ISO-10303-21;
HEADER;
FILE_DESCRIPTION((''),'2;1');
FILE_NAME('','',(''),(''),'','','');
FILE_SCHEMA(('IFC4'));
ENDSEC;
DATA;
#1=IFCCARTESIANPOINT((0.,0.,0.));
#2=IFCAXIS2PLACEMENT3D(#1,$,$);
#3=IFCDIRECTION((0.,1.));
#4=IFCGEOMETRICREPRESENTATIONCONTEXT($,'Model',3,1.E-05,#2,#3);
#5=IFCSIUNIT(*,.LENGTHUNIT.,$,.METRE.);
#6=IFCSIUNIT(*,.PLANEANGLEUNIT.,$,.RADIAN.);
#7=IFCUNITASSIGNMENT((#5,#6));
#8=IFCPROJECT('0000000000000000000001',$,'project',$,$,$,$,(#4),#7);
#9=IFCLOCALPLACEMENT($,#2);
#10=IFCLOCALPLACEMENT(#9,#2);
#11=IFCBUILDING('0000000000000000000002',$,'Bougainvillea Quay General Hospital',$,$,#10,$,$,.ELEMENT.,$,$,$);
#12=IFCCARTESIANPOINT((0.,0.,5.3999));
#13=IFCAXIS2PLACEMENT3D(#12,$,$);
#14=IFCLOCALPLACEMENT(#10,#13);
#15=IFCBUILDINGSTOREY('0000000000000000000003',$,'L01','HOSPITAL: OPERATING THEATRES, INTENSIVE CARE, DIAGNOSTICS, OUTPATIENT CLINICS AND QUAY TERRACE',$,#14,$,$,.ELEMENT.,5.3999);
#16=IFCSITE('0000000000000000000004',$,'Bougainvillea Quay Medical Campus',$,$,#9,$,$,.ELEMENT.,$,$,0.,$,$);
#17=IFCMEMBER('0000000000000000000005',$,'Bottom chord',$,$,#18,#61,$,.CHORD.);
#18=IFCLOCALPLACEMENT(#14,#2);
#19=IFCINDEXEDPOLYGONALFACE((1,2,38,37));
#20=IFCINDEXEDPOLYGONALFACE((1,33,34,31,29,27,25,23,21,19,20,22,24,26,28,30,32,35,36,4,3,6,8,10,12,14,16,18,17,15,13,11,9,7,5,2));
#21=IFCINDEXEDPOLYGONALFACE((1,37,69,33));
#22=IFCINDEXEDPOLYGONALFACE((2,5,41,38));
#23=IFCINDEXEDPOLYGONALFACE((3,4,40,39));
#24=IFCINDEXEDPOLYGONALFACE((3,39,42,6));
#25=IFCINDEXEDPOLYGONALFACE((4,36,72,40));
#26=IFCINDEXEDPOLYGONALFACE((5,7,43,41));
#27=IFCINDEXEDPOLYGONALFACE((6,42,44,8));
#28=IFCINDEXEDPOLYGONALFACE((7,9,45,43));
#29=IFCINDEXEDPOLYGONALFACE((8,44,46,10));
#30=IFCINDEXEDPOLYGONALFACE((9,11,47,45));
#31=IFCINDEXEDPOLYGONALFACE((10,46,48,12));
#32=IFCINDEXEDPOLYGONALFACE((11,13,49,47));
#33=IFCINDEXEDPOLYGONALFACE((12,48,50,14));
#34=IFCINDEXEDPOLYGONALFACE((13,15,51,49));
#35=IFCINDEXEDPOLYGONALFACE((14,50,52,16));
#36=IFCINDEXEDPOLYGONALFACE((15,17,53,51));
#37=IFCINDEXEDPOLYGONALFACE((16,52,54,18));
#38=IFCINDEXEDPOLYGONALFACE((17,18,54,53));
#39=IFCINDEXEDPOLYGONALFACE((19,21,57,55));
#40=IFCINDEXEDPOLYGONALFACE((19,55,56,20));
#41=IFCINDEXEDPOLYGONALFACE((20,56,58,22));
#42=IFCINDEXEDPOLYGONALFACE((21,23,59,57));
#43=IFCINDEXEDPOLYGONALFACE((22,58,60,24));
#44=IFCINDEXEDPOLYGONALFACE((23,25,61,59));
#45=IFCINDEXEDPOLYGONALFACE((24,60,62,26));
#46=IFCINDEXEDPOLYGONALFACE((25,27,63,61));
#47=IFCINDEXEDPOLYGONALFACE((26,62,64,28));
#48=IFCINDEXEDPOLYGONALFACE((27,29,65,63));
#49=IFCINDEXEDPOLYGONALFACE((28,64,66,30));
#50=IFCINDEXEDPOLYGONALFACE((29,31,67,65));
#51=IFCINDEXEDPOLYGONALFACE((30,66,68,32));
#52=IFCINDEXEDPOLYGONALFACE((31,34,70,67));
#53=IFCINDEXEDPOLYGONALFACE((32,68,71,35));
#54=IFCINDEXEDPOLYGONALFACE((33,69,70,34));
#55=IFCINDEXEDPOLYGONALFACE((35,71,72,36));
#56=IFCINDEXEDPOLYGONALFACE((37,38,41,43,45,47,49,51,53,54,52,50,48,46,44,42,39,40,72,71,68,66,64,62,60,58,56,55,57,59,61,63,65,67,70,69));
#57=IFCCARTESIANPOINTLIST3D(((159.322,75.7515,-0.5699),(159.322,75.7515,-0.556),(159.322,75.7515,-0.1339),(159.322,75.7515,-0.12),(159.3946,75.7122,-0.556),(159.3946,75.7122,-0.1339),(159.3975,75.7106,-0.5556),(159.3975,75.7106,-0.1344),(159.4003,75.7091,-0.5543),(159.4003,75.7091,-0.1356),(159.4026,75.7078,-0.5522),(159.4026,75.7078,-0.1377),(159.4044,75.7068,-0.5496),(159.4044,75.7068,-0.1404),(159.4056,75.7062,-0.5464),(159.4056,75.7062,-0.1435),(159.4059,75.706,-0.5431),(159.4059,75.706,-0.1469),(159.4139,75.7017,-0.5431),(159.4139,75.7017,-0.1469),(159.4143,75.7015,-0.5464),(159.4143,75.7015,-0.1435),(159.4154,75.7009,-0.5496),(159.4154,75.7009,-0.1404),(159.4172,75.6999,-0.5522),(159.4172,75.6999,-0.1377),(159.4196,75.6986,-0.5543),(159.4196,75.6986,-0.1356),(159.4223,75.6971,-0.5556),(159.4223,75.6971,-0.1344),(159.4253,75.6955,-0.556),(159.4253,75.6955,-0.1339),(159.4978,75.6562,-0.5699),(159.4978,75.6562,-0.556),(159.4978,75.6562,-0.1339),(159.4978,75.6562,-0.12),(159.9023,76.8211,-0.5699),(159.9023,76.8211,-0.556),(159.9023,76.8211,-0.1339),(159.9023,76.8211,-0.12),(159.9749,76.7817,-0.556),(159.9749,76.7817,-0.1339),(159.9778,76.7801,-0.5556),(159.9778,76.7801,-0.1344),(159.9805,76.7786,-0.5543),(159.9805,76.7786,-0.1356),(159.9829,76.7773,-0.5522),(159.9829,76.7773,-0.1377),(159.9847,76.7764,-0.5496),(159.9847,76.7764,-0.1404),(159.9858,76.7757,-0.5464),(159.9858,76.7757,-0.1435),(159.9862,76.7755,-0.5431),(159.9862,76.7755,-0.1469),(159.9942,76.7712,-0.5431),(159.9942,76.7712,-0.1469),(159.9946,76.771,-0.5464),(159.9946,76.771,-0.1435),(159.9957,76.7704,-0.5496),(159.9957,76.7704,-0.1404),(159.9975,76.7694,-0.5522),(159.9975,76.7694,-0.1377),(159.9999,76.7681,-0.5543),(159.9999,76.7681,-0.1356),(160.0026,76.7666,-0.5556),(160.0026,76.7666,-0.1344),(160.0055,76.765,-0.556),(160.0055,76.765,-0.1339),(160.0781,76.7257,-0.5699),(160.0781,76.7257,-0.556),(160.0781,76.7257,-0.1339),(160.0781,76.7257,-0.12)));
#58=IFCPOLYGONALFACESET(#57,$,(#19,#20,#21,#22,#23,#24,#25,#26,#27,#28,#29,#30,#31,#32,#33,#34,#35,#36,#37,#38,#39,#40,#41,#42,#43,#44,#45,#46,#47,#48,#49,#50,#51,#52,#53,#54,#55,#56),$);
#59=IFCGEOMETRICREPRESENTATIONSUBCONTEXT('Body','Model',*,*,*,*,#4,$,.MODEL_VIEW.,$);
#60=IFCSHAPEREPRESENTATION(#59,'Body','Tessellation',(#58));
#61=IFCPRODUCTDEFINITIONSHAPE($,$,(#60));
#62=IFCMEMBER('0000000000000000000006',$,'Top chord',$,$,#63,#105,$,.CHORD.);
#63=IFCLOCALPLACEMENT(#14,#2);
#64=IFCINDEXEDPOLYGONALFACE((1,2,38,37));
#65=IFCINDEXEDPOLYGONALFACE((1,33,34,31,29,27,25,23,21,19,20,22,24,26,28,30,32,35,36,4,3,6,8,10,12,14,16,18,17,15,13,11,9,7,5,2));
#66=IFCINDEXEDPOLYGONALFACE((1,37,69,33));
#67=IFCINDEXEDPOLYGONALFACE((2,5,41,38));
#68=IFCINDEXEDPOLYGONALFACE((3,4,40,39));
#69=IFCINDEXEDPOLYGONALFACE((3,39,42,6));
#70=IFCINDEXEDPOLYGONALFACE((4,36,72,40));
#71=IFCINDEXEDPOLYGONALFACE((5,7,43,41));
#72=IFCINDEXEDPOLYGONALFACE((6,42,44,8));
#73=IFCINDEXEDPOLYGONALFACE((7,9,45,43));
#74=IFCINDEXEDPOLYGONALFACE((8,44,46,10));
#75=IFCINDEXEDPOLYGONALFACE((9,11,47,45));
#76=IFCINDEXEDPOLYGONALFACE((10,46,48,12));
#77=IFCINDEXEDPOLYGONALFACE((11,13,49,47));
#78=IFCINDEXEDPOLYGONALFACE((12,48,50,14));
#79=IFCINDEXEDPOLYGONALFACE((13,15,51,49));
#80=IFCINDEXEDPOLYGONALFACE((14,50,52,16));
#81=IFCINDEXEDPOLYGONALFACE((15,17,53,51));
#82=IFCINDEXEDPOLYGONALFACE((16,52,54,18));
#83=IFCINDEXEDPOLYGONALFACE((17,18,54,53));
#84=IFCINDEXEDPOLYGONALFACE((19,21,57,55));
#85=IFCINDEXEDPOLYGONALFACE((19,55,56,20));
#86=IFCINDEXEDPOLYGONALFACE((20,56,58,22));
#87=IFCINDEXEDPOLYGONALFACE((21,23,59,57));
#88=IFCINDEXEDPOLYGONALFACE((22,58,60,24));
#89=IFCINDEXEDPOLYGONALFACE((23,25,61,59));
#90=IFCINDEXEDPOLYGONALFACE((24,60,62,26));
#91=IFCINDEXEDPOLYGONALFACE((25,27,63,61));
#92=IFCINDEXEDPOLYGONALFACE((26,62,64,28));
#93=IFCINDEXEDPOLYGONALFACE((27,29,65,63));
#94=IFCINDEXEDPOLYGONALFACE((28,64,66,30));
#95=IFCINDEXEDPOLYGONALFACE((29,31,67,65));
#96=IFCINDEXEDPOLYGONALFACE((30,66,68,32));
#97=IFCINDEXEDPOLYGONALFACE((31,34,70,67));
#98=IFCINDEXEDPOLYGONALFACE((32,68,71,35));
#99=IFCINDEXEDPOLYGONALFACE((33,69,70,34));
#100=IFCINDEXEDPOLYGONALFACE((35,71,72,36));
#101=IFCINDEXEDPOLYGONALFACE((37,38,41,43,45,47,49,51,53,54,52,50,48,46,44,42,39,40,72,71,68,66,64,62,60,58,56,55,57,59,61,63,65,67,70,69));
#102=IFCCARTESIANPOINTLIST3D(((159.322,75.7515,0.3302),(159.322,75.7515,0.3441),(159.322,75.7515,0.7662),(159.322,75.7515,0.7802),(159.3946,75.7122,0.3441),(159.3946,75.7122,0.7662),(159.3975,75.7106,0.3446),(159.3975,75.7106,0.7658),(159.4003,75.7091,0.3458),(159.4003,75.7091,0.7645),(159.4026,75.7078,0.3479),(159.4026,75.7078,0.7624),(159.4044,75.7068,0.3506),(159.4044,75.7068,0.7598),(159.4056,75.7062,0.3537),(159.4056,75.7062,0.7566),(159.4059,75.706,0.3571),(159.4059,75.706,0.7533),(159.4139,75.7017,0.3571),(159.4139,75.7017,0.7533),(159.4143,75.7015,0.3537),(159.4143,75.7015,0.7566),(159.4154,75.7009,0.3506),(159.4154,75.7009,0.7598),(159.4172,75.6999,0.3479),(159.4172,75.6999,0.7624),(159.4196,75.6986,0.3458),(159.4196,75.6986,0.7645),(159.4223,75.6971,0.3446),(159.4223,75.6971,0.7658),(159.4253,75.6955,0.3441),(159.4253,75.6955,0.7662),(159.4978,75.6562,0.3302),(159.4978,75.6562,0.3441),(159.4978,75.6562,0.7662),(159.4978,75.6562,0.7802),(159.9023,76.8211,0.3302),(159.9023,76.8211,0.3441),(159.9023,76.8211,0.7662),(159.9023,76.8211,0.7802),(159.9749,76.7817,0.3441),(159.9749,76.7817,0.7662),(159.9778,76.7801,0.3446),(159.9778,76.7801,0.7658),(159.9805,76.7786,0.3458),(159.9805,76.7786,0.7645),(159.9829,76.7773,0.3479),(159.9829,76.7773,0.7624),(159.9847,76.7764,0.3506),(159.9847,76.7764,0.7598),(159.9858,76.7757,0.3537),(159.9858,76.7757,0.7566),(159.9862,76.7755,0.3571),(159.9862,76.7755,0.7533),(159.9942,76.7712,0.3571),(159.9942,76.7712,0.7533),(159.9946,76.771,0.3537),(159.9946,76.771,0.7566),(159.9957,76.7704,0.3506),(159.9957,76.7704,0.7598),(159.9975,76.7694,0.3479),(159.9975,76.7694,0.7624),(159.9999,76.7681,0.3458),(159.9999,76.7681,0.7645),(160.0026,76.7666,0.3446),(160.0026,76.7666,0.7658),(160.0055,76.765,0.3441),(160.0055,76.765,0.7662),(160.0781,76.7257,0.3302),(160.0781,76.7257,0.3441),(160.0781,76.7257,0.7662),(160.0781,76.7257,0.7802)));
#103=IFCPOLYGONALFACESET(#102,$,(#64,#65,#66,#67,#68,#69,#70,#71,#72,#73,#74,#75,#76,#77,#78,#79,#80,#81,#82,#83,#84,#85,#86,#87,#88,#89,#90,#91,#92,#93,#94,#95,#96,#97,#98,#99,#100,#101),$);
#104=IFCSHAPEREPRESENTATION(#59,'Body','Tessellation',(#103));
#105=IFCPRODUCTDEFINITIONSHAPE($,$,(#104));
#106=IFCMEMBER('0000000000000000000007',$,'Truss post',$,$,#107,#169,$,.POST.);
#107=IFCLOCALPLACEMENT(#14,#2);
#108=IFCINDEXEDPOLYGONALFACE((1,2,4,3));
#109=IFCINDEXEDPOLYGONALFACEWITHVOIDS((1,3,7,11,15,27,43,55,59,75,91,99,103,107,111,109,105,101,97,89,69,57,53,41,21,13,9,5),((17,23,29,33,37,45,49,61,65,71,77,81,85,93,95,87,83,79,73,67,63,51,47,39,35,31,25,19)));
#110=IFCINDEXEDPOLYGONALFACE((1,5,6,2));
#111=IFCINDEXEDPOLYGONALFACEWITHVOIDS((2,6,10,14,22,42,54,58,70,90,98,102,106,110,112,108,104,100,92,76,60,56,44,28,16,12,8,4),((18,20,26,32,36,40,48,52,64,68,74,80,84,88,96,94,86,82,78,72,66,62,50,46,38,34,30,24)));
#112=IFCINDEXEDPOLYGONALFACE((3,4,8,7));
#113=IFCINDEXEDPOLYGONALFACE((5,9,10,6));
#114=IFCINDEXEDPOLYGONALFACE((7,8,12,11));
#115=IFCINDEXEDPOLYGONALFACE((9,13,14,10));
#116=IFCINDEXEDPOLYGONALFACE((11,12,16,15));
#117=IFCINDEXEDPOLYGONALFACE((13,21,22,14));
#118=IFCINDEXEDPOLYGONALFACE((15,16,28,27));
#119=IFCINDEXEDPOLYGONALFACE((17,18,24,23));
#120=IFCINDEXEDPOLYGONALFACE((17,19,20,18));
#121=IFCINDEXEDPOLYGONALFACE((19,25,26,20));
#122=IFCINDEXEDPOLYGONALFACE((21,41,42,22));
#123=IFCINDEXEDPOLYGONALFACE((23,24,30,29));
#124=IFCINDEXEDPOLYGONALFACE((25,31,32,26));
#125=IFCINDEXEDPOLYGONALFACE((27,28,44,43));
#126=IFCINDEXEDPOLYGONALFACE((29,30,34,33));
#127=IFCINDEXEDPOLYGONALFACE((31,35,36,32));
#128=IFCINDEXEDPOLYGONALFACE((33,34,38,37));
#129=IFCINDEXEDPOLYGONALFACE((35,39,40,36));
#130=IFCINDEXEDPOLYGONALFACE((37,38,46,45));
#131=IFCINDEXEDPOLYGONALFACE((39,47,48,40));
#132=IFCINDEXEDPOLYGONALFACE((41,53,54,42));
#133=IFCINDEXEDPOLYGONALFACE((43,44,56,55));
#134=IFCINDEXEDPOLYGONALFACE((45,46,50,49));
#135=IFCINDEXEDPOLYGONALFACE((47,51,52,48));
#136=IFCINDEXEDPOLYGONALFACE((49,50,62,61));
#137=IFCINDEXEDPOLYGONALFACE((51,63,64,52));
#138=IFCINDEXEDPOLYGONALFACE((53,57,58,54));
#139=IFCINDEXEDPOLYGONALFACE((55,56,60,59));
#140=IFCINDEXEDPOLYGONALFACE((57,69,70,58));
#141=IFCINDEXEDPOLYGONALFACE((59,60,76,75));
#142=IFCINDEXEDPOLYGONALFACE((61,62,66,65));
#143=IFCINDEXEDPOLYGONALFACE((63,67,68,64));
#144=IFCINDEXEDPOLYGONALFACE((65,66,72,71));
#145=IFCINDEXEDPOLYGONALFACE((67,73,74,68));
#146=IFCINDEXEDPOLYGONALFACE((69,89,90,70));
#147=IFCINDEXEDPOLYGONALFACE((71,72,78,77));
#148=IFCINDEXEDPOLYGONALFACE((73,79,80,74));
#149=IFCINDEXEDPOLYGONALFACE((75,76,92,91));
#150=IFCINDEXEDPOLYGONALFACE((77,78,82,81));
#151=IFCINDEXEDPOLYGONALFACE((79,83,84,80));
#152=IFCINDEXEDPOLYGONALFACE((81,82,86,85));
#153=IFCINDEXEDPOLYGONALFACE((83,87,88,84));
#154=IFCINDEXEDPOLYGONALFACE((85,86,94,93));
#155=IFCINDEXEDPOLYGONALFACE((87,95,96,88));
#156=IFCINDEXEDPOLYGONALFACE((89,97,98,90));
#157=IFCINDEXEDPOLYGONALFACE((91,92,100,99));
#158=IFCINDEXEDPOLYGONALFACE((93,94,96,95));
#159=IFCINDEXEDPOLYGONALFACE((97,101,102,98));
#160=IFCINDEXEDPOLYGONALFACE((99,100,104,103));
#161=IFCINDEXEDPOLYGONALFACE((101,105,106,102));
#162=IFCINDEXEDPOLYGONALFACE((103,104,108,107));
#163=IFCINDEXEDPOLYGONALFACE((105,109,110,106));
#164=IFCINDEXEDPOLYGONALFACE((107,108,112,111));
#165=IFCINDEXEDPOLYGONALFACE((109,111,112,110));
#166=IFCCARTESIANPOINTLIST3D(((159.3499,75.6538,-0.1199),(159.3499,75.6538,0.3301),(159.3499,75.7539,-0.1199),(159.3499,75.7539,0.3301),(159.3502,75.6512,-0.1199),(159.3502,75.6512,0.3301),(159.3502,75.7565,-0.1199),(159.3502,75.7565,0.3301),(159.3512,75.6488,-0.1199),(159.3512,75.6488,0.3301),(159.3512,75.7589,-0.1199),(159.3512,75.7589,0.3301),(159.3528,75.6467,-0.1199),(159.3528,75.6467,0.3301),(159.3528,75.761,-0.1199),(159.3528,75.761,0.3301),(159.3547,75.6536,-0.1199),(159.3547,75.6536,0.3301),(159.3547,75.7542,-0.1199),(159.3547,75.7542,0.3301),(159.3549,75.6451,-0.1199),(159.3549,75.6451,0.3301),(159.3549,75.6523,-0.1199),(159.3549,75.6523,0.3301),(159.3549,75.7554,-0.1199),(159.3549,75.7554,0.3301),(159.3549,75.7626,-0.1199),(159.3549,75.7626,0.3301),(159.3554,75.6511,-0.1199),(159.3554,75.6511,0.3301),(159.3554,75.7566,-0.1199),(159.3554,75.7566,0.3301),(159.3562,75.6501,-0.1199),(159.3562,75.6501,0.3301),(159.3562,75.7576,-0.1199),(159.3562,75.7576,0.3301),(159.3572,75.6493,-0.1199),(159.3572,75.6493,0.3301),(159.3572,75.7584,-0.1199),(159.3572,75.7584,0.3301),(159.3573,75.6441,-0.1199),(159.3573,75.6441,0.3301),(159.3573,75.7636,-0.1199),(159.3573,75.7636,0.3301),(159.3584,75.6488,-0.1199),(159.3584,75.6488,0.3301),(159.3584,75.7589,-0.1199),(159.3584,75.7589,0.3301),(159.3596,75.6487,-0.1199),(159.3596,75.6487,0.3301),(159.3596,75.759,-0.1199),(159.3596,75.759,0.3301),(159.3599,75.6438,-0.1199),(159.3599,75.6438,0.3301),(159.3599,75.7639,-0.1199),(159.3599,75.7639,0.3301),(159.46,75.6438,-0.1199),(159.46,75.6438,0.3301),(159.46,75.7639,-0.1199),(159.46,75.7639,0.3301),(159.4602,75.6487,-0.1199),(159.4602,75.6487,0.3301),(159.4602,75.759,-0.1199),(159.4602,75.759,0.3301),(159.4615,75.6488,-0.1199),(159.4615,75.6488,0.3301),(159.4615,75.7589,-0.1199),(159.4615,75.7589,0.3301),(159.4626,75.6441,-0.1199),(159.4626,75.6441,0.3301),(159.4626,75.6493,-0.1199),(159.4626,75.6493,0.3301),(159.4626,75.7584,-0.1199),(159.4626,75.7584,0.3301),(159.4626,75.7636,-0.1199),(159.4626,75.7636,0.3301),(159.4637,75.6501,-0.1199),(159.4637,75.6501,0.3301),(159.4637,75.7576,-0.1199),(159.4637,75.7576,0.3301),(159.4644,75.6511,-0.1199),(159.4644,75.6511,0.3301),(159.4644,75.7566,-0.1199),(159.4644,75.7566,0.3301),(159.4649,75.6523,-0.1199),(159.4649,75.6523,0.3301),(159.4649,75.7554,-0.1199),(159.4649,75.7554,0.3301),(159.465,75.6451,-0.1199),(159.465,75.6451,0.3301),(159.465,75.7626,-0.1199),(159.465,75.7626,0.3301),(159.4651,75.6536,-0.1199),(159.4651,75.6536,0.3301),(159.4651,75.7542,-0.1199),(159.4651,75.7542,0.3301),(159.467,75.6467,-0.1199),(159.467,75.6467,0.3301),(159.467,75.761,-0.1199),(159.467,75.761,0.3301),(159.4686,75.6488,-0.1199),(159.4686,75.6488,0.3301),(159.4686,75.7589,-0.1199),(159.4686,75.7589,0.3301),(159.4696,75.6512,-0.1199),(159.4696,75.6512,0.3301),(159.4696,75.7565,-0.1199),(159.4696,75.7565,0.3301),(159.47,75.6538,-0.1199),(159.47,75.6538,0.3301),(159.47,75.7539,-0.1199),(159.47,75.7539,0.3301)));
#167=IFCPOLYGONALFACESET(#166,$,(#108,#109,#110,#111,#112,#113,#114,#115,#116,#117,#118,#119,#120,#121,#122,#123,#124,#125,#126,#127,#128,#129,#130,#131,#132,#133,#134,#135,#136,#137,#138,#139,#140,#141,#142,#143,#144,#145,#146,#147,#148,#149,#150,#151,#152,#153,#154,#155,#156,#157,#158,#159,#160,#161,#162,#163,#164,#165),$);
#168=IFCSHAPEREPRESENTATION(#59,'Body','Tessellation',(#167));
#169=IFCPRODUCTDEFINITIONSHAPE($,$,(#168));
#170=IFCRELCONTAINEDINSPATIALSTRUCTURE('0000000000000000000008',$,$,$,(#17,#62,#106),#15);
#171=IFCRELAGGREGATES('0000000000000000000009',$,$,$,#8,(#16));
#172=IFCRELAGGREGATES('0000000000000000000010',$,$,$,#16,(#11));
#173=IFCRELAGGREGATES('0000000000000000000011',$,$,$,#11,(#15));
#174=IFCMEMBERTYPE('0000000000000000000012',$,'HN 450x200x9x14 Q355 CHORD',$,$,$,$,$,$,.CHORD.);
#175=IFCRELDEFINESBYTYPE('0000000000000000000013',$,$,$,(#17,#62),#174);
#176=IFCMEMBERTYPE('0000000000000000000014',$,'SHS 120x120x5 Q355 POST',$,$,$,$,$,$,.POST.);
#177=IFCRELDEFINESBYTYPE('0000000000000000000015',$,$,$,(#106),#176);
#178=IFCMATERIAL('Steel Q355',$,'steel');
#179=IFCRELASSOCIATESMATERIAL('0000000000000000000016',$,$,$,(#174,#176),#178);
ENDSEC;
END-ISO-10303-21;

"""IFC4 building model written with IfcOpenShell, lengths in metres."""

from ifc_helpers import new_model, si_unit, direction, frame, origin, origin_2d, place, context, subcontext, project, spatial, hollow_rectangle, i_section, extrude, material, material_profile, profile_set, type_object, element, save


model = new_model("IFC4")

# Units and contexts
model_context = context("Model", 3, precision=1e-05, world=origin(), true_north=direction((0.0, 1.0)))
body_context = subcontext(model_context, "Body", "Model", "MODEL_VIEW")
ifc_project = project(units=[si_unit("LENGTHUNIT", "METRE"), si_unit("PLANEANGLEUNIT", "RADIAN")], contexts=[model_context])

# Site, building, storey
site_placement = place(None, origin())
site = spatial("IfcSite", under=ifc_project, at=site_placement, Name="Bougainvillea Quay Medical Campus", CompositionType="ELEMENT", RefElevation=0.0)
building_placement = place(site_placement, origin())
building = spatial("IfcBuilding", under=site, at=building_placement, Name="Bougainvillea Quay General Hospital", CompositionType="ELEMENT")
storey_placement = place(building_placement, frame((0.0, 0.0, 5.3999)))
storey = spatial("IfcBuildingStorey", under=building, at=storey_placement, Name="L01", Description="HOSPITAL: OPERATING THEATRES, INTENSIVE CARE, DIAGNOSTICS, OUTPATIENT CLINICS AND QUAY TERRACE", CompositionType="ELEMENT", Elevation=5.3999)

# Members
ifc_material_1 = material(Name="Steel Q355", Category="steel")
ifc_material_profile_1 = material_profile(ifc_material_1, i_section(OverallWidth=0.2, OverallDepth=0.45, WebThickness=0.009, FlangeThickness=0.0139, FilletRadius=0.0129, at=origin_2d()))
ifc_profile_set_1 = profile_set([ifc_material_profile_1], Name="Steel Q355")
member_type_1 = type_object("IfcMemberType", Name="HN 450x200x9x14 Q355 CHORD", PredefinedType="CHORD", material=ifc_profile_set_1)
for number, where, z_axis, x_axis, name in (
    (1, (159.4099, 75.7039, -0.345), (0.476897, 0.878959, 0.0), (-0.878959, 0.476897, 0.0), "Bottom chord"),
    (2, (159.4099, 75.7039, 0.5552), (0.476897, 0.878959, 0.0), (-0.878959, 0.476897, 0.0), "Top chord"),
):
    element("IfcMember", number, at=place(storey_placement, frame(where, z_axis=z_axis, x_axis=x_axis)), inside=storey, type_object=member_type_1, Name=name, PredefinedType="CHORD", context=body_context, shape_type="SweptSolid", body=[
        extrude(i_section(OverallWidth=0.2, OverallDepth=0.45, WebThickness=0.009, FlangeThickness=0.0139, FilletRadius=0.0129, at=origin_2d()), origin(), (0.0, 0.0, 1.0), 1.2168),
    ])
ifc_material_profile_2 = material_profile(ifc_material_1, hollow_rectangle(XDim=0.1201, YDim=0.1201, WallThickness=0.0049, InnerFilletRadius=0.0049, OuterFilletRadius=0.01, at=origin_2d()))
ifc_profile_set_2 = profile_set([ifc_material_profile_2], Name="Steel Q355")
member_type_2 = type_object("IfcMemberType", Name="SHS 120x120x5 Q355 POST", PredefinedType="POST", material=ifc_profile_set_2)
member_1_placement = place(storey_placement, frame((159.4099, 75.7039, -0.1199), z_axis=(0.0, 0.0, 1.0), x_axis=(1.0, 0.0, 0.0)))
element("IfcMember", 3, at=member_1_placement, inside=storey, type_object=member_type_2, Name="Truss post", PredefinedType="POST", context=body_context, shape_type="SweptSolid", body=[
    extrude(hollow_rectangle(XDim=0.1201, YDim=0.1201, WallThickness=0.0049, InnerFilletRadius=0.0049, OuterFilletRadius=0.01, at=origin_2d()), origin(), (0.0, 0.0, 1.0), 0.45),
])

save(model, "model.ifc")
